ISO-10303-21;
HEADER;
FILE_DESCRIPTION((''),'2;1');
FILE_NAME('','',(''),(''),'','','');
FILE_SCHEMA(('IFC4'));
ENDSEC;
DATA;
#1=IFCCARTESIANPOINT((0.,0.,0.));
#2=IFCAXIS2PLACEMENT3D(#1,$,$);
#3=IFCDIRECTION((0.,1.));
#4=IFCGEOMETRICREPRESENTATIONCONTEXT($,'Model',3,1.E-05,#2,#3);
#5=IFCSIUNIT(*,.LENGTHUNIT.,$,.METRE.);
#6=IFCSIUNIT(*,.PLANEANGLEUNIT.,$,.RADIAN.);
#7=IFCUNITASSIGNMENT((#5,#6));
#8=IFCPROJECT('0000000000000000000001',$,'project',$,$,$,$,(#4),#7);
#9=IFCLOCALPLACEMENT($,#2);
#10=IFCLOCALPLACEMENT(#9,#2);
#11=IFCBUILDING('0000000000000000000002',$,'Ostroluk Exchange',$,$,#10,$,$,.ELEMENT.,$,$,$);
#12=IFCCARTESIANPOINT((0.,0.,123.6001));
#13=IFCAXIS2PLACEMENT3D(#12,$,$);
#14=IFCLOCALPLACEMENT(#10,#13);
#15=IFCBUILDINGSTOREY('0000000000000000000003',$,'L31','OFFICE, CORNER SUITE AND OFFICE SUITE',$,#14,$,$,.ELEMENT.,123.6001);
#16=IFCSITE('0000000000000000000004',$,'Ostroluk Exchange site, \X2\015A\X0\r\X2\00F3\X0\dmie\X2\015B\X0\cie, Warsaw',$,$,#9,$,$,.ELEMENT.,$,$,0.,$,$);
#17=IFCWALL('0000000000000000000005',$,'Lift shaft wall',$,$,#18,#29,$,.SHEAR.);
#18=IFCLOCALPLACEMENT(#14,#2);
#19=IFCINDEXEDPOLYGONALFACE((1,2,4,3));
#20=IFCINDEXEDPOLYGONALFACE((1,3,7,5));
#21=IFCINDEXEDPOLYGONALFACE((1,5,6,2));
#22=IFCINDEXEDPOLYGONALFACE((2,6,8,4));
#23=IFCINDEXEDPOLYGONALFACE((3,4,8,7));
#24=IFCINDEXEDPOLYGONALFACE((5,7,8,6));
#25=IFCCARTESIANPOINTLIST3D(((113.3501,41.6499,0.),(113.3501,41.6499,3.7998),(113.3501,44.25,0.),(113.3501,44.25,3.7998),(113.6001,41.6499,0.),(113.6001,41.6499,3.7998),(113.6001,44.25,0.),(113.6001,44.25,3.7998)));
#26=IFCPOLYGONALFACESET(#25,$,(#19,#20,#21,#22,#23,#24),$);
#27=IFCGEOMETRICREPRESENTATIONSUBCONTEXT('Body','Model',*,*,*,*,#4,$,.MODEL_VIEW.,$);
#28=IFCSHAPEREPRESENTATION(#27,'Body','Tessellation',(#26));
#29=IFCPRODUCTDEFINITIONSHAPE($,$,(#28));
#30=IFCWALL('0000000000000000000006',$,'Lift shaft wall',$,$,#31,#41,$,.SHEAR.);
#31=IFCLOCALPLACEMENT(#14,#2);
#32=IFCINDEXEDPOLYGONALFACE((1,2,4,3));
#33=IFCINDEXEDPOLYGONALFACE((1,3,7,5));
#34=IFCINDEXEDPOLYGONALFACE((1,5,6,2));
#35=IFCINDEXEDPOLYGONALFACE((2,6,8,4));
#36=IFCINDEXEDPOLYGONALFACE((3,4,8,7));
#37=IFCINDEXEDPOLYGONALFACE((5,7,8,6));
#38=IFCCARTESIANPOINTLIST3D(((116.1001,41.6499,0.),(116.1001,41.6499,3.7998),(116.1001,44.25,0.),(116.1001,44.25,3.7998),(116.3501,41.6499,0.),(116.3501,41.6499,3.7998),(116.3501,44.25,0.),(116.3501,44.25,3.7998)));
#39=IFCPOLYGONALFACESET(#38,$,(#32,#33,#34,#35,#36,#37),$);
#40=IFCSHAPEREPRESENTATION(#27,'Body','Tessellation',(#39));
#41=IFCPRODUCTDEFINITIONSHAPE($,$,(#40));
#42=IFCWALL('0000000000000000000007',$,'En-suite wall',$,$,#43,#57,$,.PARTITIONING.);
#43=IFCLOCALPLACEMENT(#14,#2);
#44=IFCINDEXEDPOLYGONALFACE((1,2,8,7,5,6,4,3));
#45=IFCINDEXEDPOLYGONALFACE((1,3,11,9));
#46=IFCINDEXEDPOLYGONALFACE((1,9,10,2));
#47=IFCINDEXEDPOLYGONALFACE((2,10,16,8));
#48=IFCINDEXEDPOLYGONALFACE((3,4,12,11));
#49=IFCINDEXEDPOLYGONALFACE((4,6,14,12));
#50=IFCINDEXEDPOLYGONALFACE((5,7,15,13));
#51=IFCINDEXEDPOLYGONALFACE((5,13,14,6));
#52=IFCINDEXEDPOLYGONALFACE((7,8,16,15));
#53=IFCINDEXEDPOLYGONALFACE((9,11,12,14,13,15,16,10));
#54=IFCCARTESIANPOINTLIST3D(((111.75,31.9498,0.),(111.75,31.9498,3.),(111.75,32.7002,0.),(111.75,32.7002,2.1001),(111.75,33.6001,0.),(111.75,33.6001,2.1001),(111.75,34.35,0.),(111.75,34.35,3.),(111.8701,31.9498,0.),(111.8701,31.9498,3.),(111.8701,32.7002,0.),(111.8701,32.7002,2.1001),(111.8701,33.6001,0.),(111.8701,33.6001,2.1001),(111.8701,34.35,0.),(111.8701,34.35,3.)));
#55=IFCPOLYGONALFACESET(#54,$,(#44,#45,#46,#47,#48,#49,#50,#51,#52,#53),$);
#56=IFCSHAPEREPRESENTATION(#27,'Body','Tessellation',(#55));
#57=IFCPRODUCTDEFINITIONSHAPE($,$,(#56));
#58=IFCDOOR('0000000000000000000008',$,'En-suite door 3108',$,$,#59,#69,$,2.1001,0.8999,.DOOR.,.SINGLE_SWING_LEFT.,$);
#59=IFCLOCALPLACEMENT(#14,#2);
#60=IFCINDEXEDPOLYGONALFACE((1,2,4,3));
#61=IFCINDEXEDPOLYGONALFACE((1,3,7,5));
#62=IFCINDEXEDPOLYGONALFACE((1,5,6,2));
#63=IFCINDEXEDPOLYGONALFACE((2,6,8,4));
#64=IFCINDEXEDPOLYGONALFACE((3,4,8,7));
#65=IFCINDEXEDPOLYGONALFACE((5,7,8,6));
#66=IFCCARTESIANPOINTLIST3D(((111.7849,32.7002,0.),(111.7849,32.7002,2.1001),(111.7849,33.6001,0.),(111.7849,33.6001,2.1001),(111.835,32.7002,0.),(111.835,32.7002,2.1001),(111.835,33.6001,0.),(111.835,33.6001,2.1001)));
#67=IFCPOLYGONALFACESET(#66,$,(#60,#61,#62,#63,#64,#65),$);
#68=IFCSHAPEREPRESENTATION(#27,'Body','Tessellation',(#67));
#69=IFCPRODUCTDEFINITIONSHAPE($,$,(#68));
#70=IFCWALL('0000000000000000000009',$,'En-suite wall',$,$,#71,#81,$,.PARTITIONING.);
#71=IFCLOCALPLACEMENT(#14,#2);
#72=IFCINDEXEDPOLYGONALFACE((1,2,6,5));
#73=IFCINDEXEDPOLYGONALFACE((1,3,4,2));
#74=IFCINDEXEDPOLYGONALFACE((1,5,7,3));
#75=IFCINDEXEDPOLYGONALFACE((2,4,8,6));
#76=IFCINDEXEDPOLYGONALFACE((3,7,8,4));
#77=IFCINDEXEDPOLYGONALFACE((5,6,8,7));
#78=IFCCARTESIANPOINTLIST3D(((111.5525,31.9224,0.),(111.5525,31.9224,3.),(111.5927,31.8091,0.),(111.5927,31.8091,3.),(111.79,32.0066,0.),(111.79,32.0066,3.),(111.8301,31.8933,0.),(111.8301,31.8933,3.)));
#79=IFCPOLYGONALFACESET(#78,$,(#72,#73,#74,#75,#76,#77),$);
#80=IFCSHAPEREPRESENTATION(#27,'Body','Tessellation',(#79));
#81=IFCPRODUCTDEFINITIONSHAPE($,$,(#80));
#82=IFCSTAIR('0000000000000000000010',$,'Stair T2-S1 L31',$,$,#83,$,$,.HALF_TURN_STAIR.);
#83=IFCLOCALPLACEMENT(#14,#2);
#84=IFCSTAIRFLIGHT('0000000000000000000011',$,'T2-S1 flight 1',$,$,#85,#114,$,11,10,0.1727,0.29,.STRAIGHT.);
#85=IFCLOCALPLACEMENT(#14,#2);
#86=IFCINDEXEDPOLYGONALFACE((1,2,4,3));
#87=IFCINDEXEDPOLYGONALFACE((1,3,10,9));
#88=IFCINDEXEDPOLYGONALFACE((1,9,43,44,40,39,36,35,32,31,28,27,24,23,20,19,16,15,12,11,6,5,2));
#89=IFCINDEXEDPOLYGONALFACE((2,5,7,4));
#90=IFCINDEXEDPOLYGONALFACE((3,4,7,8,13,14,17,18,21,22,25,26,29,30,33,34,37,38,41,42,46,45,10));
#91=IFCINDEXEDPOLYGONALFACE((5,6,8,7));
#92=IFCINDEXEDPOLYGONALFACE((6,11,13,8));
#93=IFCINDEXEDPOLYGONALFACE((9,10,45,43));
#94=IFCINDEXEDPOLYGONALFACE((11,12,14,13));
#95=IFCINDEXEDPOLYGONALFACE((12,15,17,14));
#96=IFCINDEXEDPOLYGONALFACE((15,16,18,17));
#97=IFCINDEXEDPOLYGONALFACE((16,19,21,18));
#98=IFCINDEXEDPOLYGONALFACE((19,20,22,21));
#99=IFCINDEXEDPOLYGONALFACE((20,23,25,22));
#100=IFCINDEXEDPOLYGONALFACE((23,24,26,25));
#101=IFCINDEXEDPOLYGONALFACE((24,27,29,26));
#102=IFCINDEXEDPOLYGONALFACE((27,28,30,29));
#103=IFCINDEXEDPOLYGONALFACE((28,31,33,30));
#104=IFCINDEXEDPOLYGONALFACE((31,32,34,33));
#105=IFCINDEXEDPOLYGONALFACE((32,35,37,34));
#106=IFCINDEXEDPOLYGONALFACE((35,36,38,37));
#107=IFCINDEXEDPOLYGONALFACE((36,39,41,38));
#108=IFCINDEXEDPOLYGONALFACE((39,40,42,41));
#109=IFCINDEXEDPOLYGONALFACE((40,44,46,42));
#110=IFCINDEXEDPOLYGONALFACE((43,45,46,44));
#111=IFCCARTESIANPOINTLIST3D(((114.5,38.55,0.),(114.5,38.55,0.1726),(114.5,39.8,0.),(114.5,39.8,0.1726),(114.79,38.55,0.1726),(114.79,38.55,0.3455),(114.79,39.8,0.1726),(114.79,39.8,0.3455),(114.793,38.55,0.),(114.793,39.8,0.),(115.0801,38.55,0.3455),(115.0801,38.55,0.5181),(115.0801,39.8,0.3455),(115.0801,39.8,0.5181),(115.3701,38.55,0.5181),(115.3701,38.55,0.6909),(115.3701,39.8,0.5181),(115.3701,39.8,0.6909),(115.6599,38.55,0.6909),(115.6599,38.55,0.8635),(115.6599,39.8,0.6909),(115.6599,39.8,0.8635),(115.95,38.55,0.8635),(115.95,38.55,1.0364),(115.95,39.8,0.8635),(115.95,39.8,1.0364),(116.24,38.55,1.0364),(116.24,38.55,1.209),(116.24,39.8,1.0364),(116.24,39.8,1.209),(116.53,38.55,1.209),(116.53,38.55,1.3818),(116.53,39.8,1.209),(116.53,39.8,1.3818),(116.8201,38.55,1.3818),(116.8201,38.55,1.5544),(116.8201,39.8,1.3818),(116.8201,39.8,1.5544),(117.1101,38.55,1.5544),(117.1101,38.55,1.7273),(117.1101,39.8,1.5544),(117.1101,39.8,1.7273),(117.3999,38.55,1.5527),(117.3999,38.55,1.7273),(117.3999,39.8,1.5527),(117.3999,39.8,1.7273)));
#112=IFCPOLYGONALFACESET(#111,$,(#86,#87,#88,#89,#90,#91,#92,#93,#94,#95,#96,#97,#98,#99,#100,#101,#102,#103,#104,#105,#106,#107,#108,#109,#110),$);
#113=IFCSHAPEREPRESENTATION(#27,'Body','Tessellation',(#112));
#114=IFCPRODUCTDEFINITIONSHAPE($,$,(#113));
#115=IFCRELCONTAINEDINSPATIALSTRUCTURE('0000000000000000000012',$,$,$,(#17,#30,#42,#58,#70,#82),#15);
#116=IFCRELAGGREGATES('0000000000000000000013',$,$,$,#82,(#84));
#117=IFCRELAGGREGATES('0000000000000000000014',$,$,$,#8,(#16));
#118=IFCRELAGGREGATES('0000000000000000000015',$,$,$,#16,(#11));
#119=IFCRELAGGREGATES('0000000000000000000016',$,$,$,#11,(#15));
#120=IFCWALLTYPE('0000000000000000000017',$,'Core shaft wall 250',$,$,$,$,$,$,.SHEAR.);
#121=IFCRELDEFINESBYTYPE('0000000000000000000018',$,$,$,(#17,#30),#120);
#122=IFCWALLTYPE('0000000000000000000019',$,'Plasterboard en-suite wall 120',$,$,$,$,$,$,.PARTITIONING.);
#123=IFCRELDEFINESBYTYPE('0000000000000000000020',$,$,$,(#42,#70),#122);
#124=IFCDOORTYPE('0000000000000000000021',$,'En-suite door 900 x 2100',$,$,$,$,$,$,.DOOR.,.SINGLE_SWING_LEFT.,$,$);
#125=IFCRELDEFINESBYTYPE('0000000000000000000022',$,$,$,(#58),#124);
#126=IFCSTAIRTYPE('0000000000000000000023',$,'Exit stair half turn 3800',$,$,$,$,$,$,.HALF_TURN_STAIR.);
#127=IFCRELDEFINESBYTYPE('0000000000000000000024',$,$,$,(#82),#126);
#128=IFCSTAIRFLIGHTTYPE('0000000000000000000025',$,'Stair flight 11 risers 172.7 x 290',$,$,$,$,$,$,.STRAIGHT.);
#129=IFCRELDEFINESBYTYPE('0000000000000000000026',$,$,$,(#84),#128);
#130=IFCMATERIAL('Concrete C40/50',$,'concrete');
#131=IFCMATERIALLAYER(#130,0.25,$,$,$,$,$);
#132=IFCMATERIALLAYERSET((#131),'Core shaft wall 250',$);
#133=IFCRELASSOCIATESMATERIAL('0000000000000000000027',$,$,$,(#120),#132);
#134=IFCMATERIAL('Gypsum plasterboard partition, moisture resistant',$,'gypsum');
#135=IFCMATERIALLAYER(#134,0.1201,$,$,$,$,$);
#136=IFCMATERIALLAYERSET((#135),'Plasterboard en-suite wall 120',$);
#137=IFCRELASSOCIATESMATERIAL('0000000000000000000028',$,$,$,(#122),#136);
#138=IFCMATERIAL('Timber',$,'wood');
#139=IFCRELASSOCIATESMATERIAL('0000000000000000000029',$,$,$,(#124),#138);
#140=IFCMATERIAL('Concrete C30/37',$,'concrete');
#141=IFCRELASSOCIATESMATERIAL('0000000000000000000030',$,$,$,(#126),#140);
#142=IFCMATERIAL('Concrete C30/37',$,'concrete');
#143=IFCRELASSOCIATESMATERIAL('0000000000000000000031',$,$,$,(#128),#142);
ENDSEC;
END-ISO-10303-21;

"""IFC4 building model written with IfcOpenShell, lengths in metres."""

from ifc_helpers import new_model, si_unit, direction, frame, frame_2d, origin, place, context, subcontext, project, spatial, polyline, rectangle, outline, extrude, material, layer, layer_set, type_object, element, fill, aggregate, save


model = new_model("IFC4")

# Units and contexts
model_context = context("Model", 3, precision=1e-05, world=origin(), true_north=direction((0.0, 1.0)))
body_context = subcontext(model_context, "Body", "Model", "MODEL_VIEW")
ifc_project = project(units=[si_unit("LENGTHUNIT", "METRE"), si_unit("PLANEANGLEUNIT", "RADIAN")], contexts=[model_context])

# Site, building, storey
site_placement = place(None, origin())
site = spatial("IfcSite", under=ifc_project, at=site_placement, Name="Ostroluk Exchange site, Śródmieście, Warsaw", CompositionType="ELEMENT", RefElevation=0.0)
building_placement = place(site_placement, origin())
building = spatial("IfcBuilding", under=site, at=building_placement, Name="Ostroluk Exchange", CompositionType="ELEMENT")
storey_placement = place(building_placement, frame((0.0, 0.0, 123.6001)))
storey = spatial("IfcBuildingStorey", under=building, at=storey_placement, Name="L31", Description="OFFICE, CORNER SUITE AND OFFICE SUITE", CompositionType="ELEMENT", Elevation=123.6001)

# Shared definitions
ifc_material_1 = material(Name="Concrete C40/50", Category="concrete")
ifc_layer_1 = layer(ifc_material_1, 0.25)
ifc_layer_set_1 = layer_set([ifc_layer_1], Name="Core shaft wall 250")
wall_type_1 = type_object("IfcWallType", Name="Core shaft wall 250", PredefinedType="SHEAR", material=ifc_layer_set_1)

# Walls
for number, where, z_axis, x_axis, name in (
    (1, (113.4751, 44.25, 0.0), (0.0, 0.0, 1.0), (0.0, -1.0, 0.0), "Lift shaft wall"),
    (2, (116.2251, 44.25, 0.0), (0.0, 0.0, 1.0), (0.0, -1.0, 0.0), "Lift shaft wall"),
):
    element("IfcWall", number, at=place(storey_placement, frame(where, z_axis=z_axis, x_axis=x_axis)), inside=storey, type_object=wall_type_1, Name=name, PredefinedType="SHEAR", context=body_context, shape_type="SweptSolid", body=[
        extrude(rectangle(XDim=2.6001, YDim=0.25, at=frame_2d((1.3, 0.0))), origin(), (0.0, 0.0, 1.0), 3.7998),
    ])

# Wall, opening, door
ifc_material_2 = material(Name="Gypsum plasterboard partition, moisture resistant", Category="gypsum")
ifc_layer_2 = layer(ifc_material_2, 0.1201)
ifc_layer_set_2 = layer_set([ifc_layer_2], Name="Plasterboard en-suite wall 120")
wall_type_2 = type_object("IfcWallType", Name="Plasterboard en-suite wall 120", PredefinedType="PARTITIONING", material=ifc_layer_set_2)
wall_1_placement = place(storey_placement, frame((111.8101, 34.3501, 0.0), z_axis=(0.0, 0.0, 1.0), x_axis=(0.0, -1.0, 0.0)))
wall_1 = element("IfcWall", 3, at=wall_1_placement, inside=storey, type_object=wall_type_2, Name="En-suite wall", PredefinedType="PARTITIONING", context=body_context, shape_type="SweptSolid", body=[
    extrude(rectangle(XDim=2.4001, YDim=0.1201, at=frame_2d((1.2002, 0.0))), origin(), (0.0, 0.0, 1.0), 3.0),
])
opening_1_placement = place(wall_1_placement, frame((0.75, 0.0, 0.0)))
opening_1 = element("IfcOpeningElement", 4, at=opening_1_placement, cuts=wall_1, PredefinedType="OPENING", context=body_context, shape_type="SweptSolid", body=[
    extrude(rectangle(XDim=0.8999, YDim=2.1001, at=frame_2d((0.45, 1.05))), frame((0.0, 0.0701, 0.0), z_axis=(0.0, -1.0, 0.0), x_axis=(1.0, 0.0, 0.0)), (0.0, 0.0, 1.0), 0.1401),
])
ifc_material_3 = material(Name="Timber", Category="wood")
door_type_1 = type_object("IfcDoorType", Name="En-suite door 900 x 2100", OperationType="SINGLE_SWING_LEFT", PredefinedType="DOOR", material=ifc_material_3)
door_1_placement = place(opening_1_placement, origin())
door_1 = element("IfcDoor", 5, at=door_1_placement, inside=storey, type_object=door_type_1, Name="En-suite door 3108", OperationType="SINGLE_SWING_LEFT", OverallHeight=2.1001, OverallWidth=0.8999, PredefinedType="DOOR", context=body_context, shape_type="SweptSolid", body=[
    extrude(rectangle(XDim=0.8999, YDim=2.1001, at=frame_2d((0.45, 1.05))), frame((0.0, 0.0249, 0.0), z_axis=(0.0, -1.0, 0.0), x_axis=(1.0, 0.0, 0.0)), (0.0, 0.0, 1.0), 0.05),
])
fill(opening_1, door_1)

# Wall
wall_2_placement = place(storey_placement, frame((111.8101, 31.95, 0.0), z_axis=(0.0, 0.0, 1.0), x_axis=(-0.942507, -0.334188, 0.0)))
element("IfcWall", 6, at=wall_2_placement, inside=storey, type_object=wall_type_2, Name="En-suite wall", PredefinedType="PARTITIONING", context=body_context, shape_type="SweptSolid", body=[
    extrude(rectangle(XDim=0.252, YDim=0.1201, at=frame_2d((0.126, 0.0))), origin(), (0.0, 0.0, 1.0), 3.0),
])

# Stair, stair flight
ifc_material_4 = material(Name="Concrete C30/37", Category="concrete")
stair_type = type_object("IfcStairType", Name="Exit stair half turn 3800", PredefinedType="HALF_TURN_STAIR", material=ifc_material_4)
stair_placement = place(storey_placement, origin())
stair = element("IfcStair", 7, at=stair_placement, inside=storey, type_object=stair_type, Name="Stair T2-S1 L31", PredefinedType="HALF_TURN_STAIR")
ifc_material_5 = material(Name="Concrete C30/37", Category="concrete")
stair_flight_type = type_object("IfcStairFlightType", Name="Stair flight 11 risers 172.7 x 290", PredefinedType="STRAIGHT", material=ifc_material_5)
stair_flight_placement = place(storey_placement, frame((114.5, 39.175, 0.0), z_axis=(0.0, 0.0, 1.0), x_axis=(1.0, 0.0, 0.0)))
stair_flight = element("IfcStairFlight", 8, at=stair_flight_placement, type_object=stair_flight_type, Name="T2-S1 flight 1", NumberOfRisers=11, NumberOfTreads=10, PredefinedType="STRAIGHT", RiserHeight=0.1727, TreadLength=0.29, context=body_context, shape_type="SweptSolid", body=[
    extrude(outline(polyline([(0.0, 0.0), (0.0, 0.1726), (0.29, 0.1726), (0.29, 0.3455), (0.5801, 0.3455), (0.5801, 0.5181), (0.8701, 0.5181), (0.8701, 0.6909), (1.1599, 0.6909), (1.1599, 0.8635), (1.45, 0.8635), (1.45, 1.0364), (1.74, 1.0364), (1.74, 1.209), (2.03, 1.209), (2.03, 1.3818), (2.3201, 1.3818), (2.3201, 1.5544), (2.6101, 1.5544), (2.6101, 1.7273), (2.8999, 1.7273), (2.8999, 1.8999), (2.8999, 1.5527), (0.293, 0.0), (0.0, 0.0)])), frame((0.0, 0.625, 0.0), z_axis=(0.0, -1.0, 0.0), x_axis=(1.0, 0.0, 0.0)), (0.0, 0.0, 1.0), 1.25),
])
aggregate(stair, [stair_flight])

save(model, "model.ifc")
